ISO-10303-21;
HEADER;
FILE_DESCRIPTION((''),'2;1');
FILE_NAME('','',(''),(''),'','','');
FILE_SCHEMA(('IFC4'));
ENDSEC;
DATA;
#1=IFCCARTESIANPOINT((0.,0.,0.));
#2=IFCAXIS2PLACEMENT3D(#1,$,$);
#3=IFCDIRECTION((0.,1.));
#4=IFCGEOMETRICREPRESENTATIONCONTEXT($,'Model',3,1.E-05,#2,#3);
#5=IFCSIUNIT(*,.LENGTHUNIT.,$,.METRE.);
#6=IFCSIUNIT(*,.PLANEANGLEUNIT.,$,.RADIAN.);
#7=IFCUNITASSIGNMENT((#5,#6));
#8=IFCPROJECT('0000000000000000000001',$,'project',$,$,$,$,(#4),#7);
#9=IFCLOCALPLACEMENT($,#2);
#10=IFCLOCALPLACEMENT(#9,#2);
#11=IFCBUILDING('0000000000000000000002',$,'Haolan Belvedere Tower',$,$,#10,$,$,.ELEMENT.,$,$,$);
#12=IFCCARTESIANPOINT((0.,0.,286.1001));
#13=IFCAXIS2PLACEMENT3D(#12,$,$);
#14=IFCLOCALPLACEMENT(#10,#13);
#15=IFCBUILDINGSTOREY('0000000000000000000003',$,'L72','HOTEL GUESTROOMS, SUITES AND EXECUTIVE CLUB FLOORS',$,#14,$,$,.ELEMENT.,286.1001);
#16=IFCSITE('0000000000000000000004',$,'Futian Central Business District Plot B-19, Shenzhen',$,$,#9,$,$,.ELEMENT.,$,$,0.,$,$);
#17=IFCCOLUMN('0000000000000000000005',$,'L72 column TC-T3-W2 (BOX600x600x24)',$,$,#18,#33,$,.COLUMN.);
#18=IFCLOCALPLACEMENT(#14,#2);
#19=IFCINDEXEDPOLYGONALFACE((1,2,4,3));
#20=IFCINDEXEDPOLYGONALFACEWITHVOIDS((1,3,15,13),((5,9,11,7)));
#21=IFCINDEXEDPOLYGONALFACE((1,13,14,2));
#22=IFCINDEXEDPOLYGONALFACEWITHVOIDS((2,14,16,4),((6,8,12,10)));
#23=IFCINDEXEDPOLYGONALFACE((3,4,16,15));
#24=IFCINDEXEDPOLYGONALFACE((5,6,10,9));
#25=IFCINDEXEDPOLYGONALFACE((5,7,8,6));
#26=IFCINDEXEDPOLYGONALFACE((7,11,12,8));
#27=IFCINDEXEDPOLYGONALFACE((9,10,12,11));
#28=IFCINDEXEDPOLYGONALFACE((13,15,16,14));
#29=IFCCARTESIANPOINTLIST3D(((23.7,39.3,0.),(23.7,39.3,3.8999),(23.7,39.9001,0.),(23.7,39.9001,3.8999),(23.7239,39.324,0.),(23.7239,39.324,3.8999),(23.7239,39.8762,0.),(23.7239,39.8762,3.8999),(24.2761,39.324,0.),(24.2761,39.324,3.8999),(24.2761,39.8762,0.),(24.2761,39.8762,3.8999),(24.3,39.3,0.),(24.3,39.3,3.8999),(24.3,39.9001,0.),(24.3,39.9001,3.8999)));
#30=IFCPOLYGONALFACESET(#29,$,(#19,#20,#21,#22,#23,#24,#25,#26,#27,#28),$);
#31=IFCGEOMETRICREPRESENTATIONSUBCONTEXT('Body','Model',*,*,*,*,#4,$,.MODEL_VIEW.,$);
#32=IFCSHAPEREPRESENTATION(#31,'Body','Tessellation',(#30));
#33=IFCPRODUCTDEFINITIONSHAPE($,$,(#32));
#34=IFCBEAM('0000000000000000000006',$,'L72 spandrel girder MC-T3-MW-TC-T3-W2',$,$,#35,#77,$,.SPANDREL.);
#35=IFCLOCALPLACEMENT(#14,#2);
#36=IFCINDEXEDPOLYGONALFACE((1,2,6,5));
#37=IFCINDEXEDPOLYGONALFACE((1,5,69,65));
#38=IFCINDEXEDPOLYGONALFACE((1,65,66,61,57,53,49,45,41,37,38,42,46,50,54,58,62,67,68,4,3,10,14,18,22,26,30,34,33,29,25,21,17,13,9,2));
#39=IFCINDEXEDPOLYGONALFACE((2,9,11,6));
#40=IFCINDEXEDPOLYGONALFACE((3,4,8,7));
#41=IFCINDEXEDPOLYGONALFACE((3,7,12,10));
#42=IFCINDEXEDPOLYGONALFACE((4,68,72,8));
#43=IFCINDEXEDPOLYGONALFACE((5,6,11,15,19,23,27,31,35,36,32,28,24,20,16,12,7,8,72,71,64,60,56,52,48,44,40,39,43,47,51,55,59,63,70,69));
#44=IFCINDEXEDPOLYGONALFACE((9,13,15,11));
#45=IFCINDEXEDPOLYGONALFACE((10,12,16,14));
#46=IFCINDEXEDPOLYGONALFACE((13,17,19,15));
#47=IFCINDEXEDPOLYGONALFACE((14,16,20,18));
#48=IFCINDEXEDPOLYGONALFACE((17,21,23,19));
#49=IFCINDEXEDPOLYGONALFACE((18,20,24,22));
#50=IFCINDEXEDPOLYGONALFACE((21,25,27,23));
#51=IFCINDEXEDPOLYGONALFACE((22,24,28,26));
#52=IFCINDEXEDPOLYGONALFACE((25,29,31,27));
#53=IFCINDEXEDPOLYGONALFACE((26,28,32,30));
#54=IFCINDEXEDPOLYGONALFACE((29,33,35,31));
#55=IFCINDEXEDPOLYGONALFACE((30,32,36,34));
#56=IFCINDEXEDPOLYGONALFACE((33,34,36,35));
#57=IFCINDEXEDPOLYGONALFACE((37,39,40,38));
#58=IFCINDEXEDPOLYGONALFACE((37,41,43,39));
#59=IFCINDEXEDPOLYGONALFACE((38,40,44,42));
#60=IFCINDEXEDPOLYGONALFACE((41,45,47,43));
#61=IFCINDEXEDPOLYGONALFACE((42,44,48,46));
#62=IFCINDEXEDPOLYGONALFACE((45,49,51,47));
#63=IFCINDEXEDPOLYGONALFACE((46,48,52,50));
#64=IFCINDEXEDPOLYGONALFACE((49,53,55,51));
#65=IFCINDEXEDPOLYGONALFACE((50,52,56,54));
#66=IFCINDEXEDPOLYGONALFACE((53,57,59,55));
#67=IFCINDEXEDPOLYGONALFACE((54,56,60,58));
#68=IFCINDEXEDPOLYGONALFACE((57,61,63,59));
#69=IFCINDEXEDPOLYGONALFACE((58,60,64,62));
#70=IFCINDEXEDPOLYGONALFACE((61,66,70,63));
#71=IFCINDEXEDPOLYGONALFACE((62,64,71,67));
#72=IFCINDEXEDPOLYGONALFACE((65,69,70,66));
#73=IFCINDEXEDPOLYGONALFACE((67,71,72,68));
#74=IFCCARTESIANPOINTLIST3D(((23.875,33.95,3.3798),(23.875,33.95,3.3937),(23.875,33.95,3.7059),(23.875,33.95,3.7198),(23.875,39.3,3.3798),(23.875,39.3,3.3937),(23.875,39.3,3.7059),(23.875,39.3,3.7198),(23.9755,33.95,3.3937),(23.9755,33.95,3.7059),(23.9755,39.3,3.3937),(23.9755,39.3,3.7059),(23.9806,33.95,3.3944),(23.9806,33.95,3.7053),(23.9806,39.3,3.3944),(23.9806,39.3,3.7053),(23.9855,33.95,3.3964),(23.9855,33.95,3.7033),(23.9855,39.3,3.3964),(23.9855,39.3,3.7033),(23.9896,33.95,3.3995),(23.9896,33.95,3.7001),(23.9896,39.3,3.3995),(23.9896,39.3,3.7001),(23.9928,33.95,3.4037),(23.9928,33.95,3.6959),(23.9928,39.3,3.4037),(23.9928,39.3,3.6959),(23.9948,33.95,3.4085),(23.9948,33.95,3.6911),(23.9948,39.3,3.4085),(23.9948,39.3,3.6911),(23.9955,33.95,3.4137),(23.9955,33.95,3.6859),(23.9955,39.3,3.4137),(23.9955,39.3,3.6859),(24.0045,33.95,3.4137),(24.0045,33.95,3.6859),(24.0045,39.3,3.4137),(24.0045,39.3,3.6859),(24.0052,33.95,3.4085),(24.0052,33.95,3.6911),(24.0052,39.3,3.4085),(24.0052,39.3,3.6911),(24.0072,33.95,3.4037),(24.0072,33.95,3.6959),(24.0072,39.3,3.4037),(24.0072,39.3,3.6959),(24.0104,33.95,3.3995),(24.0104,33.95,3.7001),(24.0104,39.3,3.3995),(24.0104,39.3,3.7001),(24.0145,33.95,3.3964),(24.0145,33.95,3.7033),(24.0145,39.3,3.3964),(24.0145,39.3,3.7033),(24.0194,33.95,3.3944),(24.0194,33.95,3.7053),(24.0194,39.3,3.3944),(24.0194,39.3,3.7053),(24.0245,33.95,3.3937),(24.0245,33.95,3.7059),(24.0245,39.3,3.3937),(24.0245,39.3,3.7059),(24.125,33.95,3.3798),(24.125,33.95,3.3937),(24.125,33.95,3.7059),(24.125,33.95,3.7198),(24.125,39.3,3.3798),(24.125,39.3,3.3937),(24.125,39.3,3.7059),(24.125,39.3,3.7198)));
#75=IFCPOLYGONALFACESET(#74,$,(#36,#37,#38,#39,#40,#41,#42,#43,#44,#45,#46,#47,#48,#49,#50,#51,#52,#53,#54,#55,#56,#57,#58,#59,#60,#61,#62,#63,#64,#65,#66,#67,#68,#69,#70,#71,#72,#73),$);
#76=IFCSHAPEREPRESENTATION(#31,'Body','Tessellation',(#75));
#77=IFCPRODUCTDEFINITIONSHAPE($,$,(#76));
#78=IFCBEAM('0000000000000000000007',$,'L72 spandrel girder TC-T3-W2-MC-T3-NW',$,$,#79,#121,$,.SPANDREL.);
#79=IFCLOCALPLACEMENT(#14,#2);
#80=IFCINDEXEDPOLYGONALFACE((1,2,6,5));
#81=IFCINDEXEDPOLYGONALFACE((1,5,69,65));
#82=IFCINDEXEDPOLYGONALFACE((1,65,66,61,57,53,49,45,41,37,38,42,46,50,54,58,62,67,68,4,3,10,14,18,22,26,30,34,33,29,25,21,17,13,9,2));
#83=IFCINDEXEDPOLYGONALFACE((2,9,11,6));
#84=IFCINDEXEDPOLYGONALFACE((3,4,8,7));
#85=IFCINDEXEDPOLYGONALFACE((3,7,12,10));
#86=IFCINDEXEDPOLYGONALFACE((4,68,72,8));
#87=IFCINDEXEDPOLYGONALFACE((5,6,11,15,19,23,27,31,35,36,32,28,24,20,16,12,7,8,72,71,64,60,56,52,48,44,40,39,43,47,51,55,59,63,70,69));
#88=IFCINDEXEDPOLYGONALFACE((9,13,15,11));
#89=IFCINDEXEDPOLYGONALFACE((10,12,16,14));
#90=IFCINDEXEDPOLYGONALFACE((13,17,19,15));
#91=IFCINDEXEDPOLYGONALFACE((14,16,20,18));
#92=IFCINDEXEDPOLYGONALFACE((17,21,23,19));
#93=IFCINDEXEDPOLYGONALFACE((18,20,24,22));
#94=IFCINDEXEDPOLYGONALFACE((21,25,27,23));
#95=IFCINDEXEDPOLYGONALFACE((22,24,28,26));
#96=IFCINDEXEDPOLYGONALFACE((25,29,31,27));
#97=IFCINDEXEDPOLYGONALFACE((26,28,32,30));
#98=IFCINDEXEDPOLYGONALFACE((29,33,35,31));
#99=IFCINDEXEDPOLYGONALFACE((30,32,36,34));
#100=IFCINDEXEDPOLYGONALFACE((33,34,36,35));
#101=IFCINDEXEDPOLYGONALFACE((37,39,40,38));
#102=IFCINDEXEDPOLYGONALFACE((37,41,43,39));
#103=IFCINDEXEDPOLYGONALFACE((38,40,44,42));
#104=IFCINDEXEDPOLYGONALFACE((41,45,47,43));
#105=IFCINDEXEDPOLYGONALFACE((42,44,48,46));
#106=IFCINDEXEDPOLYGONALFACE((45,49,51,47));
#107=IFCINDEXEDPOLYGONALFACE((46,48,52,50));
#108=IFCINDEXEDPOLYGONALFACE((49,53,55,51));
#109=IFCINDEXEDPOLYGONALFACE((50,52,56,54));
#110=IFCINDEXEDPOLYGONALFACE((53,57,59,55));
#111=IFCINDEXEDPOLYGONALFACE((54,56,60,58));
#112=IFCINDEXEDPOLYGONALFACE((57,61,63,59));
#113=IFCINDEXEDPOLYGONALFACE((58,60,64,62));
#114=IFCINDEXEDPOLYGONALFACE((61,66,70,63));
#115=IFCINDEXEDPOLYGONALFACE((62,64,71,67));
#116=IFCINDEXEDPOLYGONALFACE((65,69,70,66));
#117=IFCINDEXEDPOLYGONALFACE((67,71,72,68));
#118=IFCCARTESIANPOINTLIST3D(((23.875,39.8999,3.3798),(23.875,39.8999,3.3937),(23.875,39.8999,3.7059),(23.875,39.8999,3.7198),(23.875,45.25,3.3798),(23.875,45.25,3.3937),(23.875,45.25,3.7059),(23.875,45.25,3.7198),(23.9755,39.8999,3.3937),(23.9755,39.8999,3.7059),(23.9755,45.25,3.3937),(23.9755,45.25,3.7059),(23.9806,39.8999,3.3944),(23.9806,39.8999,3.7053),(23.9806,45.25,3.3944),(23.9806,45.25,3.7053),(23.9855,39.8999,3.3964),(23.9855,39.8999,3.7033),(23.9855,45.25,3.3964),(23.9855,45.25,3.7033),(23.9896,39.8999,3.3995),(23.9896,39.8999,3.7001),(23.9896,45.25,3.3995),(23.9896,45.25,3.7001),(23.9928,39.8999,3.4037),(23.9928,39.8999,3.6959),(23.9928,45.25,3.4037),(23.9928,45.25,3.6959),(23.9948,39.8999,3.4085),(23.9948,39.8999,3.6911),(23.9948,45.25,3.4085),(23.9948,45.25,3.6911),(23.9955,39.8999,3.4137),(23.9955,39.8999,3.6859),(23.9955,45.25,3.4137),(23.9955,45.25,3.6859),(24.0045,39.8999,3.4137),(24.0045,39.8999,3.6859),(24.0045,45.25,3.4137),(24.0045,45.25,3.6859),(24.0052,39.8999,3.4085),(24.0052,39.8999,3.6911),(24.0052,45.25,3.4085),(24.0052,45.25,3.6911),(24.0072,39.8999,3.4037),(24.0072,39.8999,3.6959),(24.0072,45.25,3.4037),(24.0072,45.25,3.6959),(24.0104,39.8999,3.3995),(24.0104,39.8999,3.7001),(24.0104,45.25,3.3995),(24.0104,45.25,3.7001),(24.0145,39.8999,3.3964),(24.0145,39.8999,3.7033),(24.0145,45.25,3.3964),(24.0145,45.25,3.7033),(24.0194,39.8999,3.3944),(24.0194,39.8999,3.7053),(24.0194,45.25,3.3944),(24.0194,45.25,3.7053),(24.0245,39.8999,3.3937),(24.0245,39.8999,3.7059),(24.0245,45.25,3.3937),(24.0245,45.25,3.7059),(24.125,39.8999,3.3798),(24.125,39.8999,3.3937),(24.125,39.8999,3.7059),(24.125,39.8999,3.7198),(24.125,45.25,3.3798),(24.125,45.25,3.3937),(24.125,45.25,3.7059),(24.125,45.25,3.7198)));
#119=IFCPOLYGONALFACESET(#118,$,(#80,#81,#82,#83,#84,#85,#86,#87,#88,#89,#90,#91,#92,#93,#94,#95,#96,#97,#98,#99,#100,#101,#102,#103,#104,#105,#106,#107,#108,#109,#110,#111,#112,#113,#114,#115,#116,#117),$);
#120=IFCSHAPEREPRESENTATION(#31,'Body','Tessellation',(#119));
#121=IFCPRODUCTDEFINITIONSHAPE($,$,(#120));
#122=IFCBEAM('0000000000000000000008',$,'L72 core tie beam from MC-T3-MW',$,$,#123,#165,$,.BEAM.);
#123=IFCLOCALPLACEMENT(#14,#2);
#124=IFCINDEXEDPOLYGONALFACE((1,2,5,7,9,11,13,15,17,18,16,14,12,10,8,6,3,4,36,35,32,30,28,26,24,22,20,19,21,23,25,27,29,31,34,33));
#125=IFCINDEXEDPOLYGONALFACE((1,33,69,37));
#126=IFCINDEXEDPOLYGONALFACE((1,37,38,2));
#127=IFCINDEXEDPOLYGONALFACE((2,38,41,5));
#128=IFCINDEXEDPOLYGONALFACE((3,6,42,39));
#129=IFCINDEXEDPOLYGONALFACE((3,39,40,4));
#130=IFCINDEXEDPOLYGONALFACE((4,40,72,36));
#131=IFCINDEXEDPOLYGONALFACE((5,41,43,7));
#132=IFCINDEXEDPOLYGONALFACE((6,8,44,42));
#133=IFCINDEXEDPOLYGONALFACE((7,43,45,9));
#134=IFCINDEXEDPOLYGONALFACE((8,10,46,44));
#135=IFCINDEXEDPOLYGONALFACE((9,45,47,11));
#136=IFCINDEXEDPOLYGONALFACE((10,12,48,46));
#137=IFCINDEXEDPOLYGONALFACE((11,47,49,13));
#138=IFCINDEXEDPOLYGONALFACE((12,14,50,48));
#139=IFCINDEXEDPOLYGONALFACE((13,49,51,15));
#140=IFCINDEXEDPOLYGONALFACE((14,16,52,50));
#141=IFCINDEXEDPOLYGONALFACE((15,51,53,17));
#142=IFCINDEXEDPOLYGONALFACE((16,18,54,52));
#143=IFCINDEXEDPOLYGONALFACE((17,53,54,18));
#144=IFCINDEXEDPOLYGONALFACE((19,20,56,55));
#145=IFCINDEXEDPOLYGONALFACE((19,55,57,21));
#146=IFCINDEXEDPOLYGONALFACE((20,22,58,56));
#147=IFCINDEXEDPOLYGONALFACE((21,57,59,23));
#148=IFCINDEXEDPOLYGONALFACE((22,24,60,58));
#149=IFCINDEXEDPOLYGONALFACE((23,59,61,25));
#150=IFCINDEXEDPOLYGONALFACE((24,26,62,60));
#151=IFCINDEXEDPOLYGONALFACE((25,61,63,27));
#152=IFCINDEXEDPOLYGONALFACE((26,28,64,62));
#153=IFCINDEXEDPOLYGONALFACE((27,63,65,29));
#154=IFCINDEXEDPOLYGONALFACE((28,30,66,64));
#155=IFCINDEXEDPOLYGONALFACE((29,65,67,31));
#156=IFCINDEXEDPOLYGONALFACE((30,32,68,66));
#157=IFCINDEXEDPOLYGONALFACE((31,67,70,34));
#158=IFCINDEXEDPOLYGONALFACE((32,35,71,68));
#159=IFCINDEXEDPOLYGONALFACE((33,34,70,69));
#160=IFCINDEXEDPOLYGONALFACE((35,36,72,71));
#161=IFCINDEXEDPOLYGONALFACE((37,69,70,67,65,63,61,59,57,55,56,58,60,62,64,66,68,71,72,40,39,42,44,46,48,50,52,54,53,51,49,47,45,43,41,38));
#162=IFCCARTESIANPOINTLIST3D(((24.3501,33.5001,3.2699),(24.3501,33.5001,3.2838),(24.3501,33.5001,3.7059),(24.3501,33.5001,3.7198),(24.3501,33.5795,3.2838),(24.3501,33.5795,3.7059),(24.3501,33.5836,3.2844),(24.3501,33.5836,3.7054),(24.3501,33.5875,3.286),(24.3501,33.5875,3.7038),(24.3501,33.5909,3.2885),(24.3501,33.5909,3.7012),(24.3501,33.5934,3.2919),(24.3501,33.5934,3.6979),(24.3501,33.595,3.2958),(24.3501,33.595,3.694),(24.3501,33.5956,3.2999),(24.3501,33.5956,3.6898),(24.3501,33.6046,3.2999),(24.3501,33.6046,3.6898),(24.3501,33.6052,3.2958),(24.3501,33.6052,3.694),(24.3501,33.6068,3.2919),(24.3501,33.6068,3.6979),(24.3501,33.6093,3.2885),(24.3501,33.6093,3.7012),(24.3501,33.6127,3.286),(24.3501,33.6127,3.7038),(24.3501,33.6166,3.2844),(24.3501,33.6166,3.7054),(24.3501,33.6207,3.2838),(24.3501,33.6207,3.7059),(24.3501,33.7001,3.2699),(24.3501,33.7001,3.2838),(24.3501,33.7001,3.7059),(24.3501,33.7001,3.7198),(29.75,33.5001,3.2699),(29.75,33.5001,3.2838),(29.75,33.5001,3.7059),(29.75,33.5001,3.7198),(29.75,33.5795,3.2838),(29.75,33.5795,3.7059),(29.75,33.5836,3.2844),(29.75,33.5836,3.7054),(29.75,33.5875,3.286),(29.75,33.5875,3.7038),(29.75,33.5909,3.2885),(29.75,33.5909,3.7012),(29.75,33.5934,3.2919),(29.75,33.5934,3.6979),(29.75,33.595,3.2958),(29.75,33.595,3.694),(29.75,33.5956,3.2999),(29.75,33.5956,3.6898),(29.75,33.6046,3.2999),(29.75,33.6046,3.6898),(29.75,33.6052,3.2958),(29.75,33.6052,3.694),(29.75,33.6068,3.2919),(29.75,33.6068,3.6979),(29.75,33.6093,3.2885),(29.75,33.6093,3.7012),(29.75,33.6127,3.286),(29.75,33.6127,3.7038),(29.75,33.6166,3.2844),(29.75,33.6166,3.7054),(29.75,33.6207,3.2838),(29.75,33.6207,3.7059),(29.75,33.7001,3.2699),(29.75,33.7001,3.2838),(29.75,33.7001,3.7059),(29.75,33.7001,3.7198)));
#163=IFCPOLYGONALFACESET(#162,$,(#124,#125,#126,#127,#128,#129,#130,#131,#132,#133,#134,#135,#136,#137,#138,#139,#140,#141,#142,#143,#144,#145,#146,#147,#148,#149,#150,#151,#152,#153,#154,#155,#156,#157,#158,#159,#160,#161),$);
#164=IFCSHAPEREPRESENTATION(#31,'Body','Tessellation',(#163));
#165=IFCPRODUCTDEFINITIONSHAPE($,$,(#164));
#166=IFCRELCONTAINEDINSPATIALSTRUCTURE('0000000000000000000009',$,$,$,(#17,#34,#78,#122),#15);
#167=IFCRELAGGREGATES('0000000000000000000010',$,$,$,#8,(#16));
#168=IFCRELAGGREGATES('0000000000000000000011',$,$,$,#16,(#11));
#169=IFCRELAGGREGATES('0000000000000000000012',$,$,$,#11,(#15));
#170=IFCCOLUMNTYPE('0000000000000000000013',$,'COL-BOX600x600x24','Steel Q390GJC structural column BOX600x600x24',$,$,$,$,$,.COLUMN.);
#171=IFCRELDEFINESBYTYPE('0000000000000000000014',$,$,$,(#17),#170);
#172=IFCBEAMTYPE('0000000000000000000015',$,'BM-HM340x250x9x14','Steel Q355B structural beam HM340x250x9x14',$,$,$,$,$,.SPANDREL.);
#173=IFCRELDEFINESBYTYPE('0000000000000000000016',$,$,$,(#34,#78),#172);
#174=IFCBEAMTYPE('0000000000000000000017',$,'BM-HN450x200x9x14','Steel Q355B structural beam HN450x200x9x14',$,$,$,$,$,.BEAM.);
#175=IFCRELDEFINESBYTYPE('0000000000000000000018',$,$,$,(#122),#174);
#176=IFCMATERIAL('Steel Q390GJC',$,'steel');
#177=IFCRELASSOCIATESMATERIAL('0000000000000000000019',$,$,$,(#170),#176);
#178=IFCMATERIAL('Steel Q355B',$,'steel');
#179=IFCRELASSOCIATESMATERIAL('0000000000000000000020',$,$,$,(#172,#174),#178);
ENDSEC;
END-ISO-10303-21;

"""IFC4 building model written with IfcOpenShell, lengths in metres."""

from ifc_helpers import new_model, si_unit, direction, frame, origin, origin_2d, place, context, subcontext, project, spatial, hollow_rectangle, i_section, extrude, material, material_profile, profile_set, type_object, element, save


model = new_model("IFC4")

# Units and contexts
model_context = context("Model", 3, precision=1e-05, world=origin(), true_north=direction((0.0, 1.0)))
body_context = subcontext(model_context, "Body", "Model", "MODEL_VIEW")
ifc_project = project(units=[si_unit("LENGTHUNIT", "METRE"), si_unit("PLANEANGLEUNIT", "RADIAN")], contexts=[model_context])

# Site, building, storey
site_placement = place(None, origin())
site = spatial("IfcSite", under=ifc_project, at=site_placement, Name="Futian Central Business District Plot B-19, Shenzhen", CompositionType="ELEMENT", RefElevation=0.0)
building_placement = place(site_placement, origin())
building = spatial("IfcBuilding", under=site, at=building_placement, Name="Haolan Belvedere Tower", CompositionType="ELEMENT")
storey_placement = place(building_placement, frame((0.0, 0.0, 286.1001)))
storey = spatial("IfcBuildingStorey", under=building, at=storey_placement, Name="L72", Description="HOTEL GUESTROOMS, SUITES AND EXECUTIVE CLUB FLOORS", CompositionType="ELEMENT", Elevation=286.1001)

# Column
ifc_material_1 = material(Name="Steel Q390GJC", Category="steel")
ifc_material_profile_1 = material_profile(ifc_material_1, hollow_rectangle(XDim=0.6001, YDim=0.6001, WallThickness=0.0239, at=origin_2d()), Name="Steel Q390GJC")
ifc_profile_set_1 = profile_set([ifc_material_profile_1], Name="Steel Q390GJC")
column_type = type_object("IfcColumnType", Name="COL-BOX600x600x24", Description="Steel Q390GJC structural column BOX600x600x24", PredefinedType="COLUMN", material=ifc_profile_set_1)
column_placement = place(storey_placement, frame((24.0, 39.6001, 0.0), z_axis=(0.0, 0.0, 1.0), x_axis=(1.0, 0.0, 0.0)))
element("IfcColumn", 1, at=column_placement, inside=storey, type_object=column_type, Name="L72 column TC-T3-W2 (BOX600x600x24)", PredefinedType="COLUMN", context=body_context, shape_type="SweptSolid", body=[
    extrude(hollow_rectangle(XDim=0.6001, YDim=0.6001, WallThickness=0.0239, at=origin_2d()), origin(), (0.0, 0.0, 1.0), 3.8999),
])

# Beams
ifc_material_2 = material(Name="Steel Q355B", Category="steel")
ifc_material_profile_2 = material_profile(ifc_material_2, i_section(OverallWidth=0.25, OverallDepth=0.3401, WebThickness=0.009, FlangeThickness=0.0139, FilletRadius=0.02, at=origin_2d()), Name="Steel Q355B")
ifc_profile_set_2 = profile_set([ifc_material_profile_2], Name="Steel Q355B")
beam_type_1 = type_object("IfcBeamType", Name="BM-HM340x250x9x14", Description="Steel Q355B structural beam HM340x250x9x14", PredefinedType="SPANDREL", material=ifc_profile_set_2)
for number, where, z_axis, x_axis, name in (
    (2, (24.0, 33.95, 3.5498), (0.0, 1.0, 0.0), (-1.0, 0.0, 0.0), "L72 spandrel girder MC-T3-MW-TC-T3-W2"),
    (3, (24.0, 39.8999, 3.5498), (0.0, 1.0, 0.0), (-1.0, 0.0, 0.0), "L72 spandrel girder TC-T3-W2-MC-T3-NW"),
):
    element("IfcBeam", number, at=place(storey_placement, frame(where, z_axis=z_axis, x_axis=x_axis)), inside=storey, type_object=beam_type_1, Name=name, PredefinedType="SPANDREL", context=body_context, shape_type="SweptSolid", body=[
        extrude(i_section(OverallWidth=0.25, OverallDepth=0.3401, WebThickness=0.009, FlangeThickness=0.0139, FilletRadius=0.02, at=origin_2d()), origin(), (0.0, 0.0, 1.0), 5.3501),
    ])
ifc_material_profile_3 = material_profile(ifc_material_2, i_section(OverallWidth=0.2, OverallDepth=0.45, WebThickness=0.009, FlangeThickness=0.0139, FilletRadius=0.0161, at=origin_2d()), Name="Steel Q355B")
ifc_profile_set_3 = profile_set([ifc_material_profile_3], Name="Steel Q355B")
beam_type_2 = type_object("IfcBeamType", Name="BM-HN450x200x9x14", Description="Steel Q355B structural beam HN450x200x9x14", PredefinedType="BEAM", material=ifc_profile_set_3)
beam_1_placement = place(storey_placement, frame((24.3501, 33.6001, 3.4949), z_axis=(1.0, 0.0, 0.0), x_axis=(0.0, 1.0, 0.0)))
element("IfcBeam", 4, at=beam_1_placement, inside=storey, type_object=beam_type_2, Name="L72 core tie beam from MC-T3-MW", PredefinedType="BEAM", context=body_context, shape_type="SweptSolid", body=[
    extrude(i_section(OverallWidth=0.2, OverallDepth=0.45, WebThickness=0.009, FlangeThickness=0.0139, FilletRadius=0.0161, at=origin_2d()), origin(), (0.0, 0.0, 1.0), 5.3999),
])

save(model, "model.ifc")
